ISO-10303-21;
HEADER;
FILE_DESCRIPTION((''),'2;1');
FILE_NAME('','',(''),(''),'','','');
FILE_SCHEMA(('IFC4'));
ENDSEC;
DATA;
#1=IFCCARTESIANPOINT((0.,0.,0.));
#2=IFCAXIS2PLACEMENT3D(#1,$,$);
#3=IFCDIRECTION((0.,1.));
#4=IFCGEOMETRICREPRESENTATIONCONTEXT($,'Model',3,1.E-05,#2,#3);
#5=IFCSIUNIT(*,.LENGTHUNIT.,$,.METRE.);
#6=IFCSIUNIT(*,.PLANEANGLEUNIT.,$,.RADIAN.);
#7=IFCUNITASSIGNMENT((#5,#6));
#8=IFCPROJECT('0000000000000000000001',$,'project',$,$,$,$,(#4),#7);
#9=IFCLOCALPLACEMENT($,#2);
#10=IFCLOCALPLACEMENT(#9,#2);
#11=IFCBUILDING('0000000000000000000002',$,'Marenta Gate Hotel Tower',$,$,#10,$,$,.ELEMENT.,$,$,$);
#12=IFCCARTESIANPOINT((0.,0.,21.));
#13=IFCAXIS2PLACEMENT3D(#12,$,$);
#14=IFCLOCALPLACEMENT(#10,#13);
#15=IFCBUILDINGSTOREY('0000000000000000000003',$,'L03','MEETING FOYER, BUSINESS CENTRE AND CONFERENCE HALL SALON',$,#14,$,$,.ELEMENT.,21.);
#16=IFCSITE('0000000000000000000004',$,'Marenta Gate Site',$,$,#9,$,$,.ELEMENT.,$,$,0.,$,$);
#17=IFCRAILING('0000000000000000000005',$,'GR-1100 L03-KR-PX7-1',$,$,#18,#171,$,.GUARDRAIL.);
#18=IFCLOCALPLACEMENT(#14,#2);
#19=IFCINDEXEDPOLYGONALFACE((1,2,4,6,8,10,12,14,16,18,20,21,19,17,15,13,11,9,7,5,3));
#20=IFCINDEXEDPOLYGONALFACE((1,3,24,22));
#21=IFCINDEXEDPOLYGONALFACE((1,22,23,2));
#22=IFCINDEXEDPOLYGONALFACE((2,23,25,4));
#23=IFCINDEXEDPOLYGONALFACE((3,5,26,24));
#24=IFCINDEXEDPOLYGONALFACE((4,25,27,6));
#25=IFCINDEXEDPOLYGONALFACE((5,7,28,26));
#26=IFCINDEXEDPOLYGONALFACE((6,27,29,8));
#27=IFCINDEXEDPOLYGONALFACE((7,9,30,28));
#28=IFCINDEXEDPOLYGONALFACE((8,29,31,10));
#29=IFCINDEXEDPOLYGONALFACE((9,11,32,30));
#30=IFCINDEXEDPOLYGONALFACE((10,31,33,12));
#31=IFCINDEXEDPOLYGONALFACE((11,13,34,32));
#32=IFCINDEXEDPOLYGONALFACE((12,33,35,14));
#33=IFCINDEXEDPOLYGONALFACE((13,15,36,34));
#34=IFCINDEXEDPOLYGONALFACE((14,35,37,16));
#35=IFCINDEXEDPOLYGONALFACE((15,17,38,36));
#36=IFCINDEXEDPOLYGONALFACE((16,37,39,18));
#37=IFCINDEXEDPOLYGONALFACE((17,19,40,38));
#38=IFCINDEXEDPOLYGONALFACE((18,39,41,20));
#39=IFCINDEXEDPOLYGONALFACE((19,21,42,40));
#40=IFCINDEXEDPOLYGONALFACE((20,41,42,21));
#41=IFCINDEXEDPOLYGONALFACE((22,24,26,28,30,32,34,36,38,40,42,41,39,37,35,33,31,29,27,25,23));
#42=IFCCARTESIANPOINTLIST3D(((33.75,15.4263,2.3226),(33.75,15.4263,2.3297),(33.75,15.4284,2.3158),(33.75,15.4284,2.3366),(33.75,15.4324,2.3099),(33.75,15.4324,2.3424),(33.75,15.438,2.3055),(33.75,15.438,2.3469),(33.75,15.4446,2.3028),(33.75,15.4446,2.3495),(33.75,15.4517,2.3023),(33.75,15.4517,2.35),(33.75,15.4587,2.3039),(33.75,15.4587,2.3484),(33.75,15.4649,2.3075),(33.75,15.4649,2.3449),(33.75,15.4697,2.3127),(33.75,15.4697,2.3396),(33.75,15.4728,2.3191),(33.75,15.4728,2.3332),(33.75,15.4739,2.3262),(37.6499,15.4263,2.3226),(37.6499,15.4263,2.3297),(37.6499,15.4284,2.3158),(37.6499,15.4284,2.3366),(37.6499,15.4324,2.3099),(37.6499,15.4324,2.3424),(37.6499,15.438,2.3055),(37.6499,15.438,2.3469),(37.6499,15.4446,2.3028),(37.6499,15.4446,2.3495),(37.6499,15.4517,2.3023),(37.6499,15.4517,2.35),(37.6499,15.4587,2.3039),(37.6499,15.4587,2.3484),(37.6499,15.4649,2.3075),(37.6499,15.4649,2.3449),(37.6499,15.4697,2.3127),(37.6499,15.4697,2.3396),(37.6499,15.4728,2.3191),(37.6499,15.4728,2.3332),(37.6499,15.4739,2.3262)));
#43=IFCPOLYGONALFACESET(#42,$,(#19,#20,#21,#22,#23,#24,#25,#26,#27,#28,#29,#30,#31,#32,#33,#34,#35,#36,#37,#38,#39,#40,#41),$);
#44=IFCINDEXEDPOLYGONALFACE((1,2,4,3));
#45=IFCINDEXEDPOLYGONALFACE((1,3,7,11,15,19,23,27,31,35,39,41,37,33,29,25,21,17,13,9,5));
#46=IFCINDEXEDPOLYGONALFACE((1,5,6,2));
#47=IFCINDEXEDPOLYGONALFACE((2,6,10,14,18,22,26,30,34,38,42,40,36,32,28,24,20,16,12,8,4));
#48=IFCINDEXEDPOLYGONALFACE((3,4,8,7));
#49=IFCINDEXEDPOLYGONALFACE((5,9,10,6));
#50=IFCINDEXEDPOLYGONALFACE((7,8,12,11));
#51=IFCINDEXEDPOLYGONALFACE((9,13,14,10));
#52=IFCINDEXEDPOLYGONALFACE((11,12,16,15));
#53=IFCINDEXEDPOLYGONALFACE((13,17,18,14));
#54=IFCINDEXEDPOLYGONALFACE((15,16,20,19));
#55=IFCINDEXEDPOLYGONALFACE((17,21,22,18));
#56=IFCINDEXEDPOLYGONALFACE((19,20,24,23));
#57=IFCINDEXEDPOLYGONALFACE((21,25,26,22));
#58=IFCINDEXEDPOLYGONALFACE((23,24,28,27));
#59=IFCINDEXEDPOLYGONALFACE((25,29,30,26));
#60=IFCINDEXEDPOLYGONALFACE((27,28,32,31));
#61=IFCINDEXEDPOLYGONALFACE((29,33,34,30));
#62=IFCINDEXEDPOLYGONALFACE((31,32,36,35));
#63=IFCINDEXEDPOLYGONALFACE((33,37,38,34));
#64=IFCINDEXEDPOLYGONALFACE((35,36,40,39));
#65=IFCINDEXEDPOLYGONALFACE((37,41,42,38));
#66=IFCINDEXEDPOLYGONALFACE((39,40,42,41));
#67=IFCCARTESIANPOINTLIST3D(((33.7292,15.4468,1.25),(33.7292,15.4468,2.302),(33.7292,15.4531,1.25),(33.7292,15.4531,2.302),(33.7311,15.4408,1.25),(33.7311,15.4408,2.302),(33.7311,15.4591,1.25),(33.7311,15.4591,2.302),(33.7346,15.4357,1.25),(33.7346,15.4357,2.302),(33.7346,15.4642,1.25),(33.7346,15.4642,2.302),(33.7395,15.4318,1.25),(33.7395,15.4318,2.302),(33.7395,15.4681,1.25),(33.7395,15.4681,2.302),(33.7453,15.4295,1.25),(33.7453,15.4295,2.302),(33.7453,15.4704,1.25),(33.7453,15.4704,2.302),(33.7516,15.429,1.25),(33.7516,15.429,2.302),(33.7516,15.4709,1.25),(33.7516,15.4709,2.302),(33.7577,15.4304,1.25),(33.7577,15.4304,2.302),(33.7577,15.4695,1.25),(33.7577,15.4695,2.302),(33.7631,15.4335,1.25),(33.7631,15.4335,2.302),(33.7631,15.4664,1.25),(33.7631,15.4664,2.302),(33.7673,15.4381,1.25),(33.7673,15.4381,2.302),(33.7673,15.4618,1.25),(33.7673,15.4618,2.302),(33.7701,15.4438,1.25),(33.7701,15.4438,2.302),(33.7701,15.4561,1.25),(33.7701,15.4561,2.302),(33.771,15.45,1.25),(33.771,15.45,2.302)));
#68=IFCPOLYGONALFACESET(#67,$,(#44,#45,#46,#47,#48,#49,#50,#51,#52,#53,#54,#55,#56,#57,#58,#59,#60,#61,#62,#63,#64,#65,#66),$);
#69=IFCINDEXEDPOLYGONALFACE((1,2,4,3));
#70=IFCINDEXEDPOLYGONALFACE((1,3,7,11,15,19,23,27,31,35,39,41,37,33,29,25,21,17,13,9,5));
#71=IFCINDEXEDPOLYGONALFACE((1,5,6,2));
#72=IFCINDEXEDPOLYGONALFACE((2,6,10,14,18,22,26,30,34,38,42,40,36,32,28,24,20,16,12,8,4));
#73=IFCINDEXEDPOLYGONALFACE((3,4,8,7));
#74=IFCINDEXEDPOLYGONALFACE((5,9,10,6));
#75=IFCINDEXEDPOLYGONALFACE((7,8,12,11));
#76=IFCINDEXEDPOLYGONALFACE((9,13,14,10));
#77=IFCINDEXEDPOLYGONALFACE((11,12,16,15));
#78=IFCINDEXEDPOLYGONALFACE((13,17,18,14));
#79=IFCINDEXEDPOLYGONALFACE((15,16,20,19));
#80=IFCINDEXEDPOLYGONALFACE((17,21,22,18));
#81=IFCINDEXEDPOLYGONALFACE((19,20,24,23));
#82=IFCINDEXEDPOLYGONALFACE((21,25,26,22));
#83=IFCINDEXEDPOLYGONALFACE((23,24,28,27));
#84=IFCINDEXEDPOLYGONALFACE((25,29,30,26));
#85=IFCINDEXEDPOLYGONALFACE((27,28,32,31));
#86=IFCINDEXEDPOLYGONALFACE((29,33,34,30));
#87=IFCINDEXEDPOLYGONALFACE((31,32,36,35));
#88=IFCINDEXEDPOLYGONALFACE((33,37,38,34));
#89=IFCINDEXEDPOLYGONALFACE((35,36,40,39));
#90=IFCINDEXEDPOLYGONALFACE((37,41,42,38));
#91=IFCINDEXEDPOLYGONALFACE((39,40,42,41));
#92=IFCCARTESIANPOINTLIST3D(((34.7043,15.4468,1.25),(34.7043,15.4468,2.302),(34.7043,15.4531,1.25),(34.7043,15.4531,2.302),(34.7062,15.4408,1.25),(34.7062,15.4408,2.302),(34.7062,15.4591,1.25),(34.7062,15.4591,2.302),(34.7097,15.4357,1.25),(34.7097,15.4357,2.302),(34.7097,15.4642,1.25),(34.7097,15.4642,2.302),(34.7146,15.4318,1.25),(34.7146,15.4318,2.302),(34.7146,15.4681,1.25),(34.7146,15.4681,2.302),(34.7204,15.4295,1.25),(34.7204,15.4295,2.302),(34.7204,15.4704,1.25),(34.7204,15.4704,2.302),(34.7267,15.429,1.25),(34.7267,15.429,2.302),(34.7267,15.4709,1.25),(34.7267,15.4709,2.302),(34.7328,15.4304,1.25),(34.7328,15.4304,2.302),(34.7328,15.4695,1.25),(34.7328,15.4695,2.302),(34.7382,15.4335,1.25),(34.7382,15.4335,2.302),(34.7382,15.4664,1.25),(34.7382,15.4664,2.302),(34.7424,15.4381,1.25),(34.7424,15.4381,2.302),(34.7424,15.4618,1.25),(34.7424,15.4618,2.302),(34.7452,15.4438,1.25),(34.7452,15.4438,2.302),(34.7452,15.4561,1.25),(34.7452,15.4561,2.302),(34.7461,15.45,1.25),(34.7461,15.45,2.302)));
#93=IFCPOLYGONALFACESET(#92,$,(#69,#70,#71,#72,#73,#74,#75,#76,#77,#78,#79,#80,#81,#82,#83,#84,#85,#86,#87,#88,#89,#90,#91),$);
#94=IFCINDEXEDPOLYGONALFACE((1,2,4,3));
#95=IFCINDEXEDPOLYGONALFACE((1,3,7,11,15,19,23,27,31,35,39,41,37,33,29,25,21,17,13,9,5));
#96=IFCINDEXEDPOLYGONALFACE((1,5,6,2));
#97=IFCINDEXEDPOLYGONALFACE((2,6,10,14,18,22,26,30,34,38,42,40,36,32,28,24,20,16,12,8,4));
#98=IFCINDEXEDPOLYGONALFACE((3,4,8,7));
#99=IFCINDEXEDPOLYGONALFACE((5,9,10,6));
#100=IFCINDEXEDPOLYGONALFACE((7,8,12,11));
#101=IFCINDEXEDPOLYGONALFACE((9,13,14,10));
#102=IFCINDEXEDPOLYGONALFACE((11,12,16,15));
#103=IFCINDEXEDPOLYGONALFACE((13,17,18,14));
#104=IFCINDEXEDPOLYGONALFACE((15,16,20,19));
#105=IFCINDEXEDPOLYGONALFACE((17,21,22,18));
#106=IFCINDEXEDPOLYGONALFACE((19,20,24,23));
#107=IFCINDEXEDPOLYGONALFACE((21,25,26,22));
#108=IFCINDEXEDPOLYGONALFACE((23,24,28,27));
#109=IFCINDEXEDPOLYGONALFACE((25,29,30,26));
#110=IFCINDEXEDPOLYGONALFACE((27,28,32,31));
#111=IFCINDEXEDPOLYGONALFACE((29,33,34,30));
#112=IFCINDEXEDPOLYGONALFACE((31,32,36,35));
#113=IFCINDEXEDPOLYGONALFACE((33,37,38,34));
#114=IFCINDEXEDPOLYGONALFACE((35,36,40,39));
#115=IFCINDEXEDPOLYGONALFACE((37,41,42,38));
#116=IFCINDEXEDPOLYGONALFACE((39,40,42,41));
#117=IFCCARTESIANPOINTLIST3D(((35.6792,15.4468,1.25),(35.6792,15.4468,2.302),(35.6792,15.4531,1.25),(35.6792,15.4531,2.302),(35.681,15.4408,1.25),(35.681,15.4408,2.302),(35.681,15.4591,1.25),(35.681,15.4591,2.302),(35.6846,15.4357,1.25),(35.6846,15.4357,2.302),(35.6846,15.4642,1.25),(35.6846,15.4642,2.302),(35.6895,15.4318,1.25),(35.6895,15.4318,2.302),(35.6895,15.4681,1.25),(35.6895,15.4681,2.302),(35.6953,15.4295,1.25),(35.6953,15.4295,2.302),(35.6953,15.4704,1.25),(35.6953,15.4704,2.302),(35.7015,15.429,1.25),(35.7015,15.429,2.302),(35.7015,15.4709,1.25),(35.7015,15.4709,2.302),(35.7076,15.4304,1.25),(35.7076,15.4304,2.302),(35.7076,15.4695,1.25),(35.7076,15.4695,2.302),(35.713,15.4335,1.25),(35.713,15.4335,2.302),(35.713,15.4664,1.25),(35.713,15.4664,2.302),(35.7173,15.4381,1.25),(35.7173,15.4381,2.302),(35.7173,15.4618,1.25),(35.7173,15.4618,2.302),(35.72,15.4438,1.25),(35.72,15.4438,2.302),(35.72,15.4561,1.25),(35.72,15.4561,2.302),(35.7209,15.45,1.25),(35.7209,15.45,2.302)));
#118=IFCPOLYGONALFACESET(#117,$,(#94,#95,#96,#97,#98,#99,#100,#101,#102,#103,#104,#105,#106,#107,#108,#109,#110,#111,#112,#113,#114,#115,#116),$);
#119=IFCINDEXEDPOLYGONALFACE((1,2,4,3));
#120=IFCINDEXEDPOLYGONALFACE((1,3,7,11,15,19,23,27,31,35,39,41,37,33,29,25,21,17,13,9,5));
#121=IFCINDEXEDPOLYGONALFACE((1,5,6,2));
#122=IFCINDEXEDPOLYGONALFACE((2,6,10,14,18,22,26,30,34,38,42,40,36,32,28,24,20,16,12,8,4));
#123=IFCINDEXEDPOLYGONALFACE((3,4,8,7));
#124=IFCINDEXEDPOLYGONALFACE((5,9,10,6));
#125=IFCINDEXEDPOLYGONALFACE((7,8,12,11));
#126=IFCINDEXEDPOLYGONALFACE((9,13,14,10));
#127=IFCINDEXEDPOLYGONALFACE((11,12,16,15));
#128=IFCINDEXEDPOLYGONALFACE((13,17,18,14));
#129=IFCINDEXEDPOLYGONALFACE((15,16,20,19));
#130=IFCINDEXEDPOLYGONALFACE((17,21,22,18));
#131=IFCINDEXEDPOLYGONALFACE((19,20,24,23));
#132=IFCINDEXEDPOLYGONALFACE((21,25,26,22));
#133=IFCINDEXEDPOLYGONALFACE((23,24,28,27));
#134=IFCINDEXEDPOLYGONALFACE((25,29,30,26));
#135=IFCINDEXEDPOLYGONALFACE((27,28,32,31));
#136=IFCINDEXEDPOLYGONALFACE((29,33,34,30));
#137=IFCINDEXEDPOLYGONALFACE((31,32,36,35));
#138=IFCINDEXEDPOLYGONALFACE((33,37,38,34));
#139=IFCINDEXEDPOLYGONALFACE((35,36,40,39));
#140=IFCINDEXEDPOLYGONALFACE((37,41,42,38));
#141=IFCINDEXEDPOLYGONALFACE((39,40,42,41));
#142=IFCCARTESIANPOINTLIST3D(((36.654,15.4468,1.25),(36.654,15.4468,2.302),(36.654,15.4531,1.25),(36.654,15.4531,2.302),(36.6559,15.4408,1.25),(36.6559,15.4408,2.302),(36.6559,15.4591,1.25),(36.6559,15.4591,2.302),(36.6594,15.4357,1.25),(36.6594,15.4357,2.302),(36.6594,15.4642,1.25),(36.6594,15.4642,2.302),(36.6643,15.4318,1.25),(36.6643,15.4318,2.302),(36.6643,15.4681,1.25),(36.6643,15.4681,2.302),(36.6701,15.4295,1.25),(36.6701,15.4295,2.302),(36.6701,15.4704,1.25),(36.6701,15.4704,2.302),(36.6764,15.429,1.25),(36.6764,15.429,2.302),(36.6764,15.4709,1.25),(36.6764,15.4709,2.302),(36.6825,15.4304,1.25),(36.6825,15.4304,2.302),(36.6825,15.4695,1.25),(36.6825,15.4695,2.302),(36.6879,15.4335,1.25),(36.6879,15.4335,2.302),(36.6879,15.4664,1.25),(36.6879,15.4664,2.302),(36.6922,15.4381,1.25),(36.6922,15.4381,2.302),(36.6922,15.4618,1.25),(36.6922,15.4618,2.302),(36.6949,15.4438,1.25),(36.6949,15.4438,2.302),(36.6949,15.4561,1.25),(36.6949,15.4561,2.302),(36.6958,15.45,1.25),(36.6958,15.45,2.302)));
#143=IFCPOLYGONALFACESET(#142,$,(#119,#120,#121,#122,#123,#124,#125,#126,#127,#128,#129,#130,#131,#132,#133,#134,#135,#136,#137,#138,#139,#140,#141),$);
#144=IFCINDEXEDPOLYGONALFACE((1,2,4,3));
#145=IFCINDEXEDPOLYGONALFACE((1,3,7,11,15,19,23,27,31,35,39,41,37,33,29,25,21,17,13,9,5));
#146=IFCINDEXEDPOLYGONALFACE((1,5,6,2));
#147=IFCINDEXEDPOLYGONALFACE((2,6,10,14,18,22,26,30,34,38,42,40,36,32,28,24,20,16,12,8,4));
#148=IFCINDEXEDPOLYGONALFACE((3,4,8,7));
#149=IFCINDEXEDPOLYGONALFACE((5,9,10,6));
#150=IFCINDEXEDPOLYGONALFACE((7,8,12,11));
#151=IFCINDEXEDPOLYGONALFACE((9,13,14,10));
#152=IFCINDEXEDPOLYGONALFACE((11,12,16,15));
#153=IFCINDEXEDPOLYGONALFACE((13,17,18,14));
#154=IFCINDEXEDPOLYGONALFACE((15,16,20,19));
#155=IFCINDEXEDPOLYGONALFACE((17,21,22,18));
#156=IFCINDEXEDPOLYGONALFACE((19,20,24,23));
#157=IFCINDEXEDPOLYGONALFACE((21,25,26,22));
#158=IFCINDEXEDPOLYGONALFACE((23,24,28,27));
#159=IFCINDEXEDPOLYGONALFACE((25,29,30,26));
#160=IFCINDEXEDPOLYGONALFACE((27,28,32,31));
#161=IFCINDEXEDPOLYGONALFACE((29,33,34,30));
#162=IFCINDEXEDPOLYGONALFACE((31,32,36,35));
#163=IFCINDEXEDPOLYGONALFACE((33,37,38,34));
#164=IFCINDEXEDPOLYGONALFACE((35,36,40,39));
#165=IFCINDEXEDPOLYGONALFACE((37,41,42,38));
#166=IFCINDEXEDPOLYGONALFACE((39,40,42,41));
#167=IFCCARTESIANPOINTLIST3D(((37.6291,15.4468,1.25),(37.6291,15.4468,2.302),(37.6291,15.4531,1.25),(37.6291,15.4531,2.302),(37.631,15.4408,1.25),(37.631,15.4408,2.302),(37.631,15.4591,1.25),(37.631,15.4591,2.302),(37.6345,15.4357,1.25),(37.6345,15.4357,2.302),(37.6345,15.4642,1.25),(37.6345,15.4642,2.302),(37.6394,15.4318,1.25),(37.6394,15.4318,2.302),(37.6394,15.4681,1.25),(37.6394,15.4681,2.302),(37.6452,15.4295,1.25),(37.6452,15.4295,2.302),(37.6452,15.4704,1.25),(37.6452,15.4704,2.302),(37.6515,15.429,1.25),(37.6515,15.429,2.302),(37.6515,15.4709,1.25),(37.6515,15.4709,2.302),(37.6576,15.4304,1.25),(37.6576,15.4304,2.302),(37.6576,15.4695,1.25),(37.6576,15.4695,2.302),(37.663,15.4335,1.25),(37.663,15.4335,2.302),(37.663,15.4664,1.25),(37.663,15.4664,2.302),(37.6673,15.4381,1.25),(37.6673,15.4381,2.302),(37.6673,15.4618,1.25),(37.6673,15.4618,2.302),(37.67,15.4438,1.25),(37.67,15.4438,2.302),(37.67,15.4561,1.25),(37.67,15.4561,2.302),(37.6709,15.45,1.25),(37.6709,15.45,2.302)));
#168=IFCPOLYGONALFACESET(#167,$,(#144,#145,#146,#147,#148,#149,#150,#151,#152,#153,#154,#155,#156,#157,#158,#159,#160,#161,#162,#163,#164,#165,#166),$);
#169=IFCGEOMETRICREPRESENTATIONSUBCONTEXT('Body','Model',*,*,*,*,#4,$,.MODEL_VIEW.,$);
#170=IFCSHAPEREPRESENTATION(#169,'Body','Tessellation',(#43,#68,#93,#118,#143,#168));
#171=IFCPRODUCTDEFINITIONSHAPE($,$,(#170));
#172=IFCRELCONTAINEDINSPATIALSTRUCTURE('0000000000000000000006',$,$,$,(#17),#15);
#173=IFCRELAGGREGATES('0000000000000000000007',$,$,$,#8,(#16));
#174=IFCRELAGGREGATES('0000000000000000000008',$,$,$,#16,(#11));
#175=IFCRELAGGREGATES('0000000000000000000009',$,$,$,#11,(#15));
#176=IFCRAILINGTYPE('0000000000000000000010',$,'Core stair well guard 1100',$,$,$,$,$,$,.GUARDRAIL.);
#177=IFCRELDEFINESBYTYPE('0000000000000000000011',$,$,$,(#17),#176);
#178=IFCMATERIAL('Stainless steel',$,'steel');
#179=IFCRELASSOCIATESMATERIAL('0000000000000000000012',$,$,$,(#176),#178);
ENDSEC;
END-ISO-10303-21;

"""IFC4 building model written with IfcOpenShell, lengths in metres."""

from ifc_helpers import new_model, si_unit, direction, frame, origin, origin_2d, place, context, subcontext, project, spatial, circle, extrude, material, type_object, element, save


model = new_model("IFC4")

# Units and contexts
model_context = context("Model", 3, precision=1e-05, world=origin(), true_north=direction((0.0, 1.0)))
body_context = subcontext(model_context, "Body", "Model", "MODEL_VIEW")
ifc_project = project(units=[si_unit("LENGTHUNIT", "METRE"), si_unit("PLANEANGLEUNIT", "RADIAN")], contexts=[model_context])

# Site, building, storey
site_placement = place(None, origin())
site = spatial("IfcSite", under=ifc_project, at=site_placement, Name="Marenta Gate Site", CompositionType="ELEMENT", RefElevation=0.0)
building_placement = place(site_placement, origin())
building = spatial("IfcBuilding", under=site, at=building_placement, Name="Marenta Gate Hotel Tower", CompositionType="ELEMENT")
storey_placement = place(building_placement, frame((0.0, 0.0, 21.0)))
storey = spatial("IfcBuildingStorey", under=building, at=storey_placement, Name="L03", Description="MEETING FOYER, BUSINESS CENTRE AND CONFERENCE HALL SALON", CompositionType="ELEMENT", Elevation=21.0)

# Railing
ifc_material_1 = material(Name="Stainless steel", Category="steel")
railing_type_1 = type_object("IfcRailingType", Name="Core stair well guard 1100", PredefinedType="GUARDRAIL", material=ifc_material_1)
railing_1_placement = place(storey_placement, frame((33.75, 15.45, 1.25)))
element("IfcRailing", 1, at=railing_1_placement, inside=storey, type_object=railing_type_1, Name="GR-1100 L03-KR-PX7-1", PredefinedType="GUARDRAIL", context=body_context, shape_type="SweptSolid", body=[
    extrude(circle(Radius=0.0239, at=origin_2d()), frame((0.0, 0.0, 1.0762), z_axis=(1.0, 0.0, 0.0), x_axis=(0.0, 1.0, 0.0)), (0.0, 0.0, 1.0), 3.8999),
    extrude(circle(Radius=0.021, at=origin_2d()), origin(), (0.0, 0.0, 1.0), 1.052),
    extrude(circle(Radius=0.021, at=origin_2d()), frame((0.9751, 0.0, 0.0)), (0.0, 0.0, 1.0), 1.052),
    extrude(circle(Radius=0.021, at=origin_2d()), frame((1.95, 0.0, 0.0)), (0.0, 0.0, 1.0), 1.052),
    extrude(circle(Radius=0.021, at=origin_2d()), frame((2.9248, 0.0, 0.0)), (0.0, 0.0, 1.0), 1.052),
    extrude(circle(Radius=0.021, at=origin_2d()), frame((3.8999, 0.0, 0.0)), (0.0, 0.0, 1.0), 1.052),
])

save(model, "model.ifc")
